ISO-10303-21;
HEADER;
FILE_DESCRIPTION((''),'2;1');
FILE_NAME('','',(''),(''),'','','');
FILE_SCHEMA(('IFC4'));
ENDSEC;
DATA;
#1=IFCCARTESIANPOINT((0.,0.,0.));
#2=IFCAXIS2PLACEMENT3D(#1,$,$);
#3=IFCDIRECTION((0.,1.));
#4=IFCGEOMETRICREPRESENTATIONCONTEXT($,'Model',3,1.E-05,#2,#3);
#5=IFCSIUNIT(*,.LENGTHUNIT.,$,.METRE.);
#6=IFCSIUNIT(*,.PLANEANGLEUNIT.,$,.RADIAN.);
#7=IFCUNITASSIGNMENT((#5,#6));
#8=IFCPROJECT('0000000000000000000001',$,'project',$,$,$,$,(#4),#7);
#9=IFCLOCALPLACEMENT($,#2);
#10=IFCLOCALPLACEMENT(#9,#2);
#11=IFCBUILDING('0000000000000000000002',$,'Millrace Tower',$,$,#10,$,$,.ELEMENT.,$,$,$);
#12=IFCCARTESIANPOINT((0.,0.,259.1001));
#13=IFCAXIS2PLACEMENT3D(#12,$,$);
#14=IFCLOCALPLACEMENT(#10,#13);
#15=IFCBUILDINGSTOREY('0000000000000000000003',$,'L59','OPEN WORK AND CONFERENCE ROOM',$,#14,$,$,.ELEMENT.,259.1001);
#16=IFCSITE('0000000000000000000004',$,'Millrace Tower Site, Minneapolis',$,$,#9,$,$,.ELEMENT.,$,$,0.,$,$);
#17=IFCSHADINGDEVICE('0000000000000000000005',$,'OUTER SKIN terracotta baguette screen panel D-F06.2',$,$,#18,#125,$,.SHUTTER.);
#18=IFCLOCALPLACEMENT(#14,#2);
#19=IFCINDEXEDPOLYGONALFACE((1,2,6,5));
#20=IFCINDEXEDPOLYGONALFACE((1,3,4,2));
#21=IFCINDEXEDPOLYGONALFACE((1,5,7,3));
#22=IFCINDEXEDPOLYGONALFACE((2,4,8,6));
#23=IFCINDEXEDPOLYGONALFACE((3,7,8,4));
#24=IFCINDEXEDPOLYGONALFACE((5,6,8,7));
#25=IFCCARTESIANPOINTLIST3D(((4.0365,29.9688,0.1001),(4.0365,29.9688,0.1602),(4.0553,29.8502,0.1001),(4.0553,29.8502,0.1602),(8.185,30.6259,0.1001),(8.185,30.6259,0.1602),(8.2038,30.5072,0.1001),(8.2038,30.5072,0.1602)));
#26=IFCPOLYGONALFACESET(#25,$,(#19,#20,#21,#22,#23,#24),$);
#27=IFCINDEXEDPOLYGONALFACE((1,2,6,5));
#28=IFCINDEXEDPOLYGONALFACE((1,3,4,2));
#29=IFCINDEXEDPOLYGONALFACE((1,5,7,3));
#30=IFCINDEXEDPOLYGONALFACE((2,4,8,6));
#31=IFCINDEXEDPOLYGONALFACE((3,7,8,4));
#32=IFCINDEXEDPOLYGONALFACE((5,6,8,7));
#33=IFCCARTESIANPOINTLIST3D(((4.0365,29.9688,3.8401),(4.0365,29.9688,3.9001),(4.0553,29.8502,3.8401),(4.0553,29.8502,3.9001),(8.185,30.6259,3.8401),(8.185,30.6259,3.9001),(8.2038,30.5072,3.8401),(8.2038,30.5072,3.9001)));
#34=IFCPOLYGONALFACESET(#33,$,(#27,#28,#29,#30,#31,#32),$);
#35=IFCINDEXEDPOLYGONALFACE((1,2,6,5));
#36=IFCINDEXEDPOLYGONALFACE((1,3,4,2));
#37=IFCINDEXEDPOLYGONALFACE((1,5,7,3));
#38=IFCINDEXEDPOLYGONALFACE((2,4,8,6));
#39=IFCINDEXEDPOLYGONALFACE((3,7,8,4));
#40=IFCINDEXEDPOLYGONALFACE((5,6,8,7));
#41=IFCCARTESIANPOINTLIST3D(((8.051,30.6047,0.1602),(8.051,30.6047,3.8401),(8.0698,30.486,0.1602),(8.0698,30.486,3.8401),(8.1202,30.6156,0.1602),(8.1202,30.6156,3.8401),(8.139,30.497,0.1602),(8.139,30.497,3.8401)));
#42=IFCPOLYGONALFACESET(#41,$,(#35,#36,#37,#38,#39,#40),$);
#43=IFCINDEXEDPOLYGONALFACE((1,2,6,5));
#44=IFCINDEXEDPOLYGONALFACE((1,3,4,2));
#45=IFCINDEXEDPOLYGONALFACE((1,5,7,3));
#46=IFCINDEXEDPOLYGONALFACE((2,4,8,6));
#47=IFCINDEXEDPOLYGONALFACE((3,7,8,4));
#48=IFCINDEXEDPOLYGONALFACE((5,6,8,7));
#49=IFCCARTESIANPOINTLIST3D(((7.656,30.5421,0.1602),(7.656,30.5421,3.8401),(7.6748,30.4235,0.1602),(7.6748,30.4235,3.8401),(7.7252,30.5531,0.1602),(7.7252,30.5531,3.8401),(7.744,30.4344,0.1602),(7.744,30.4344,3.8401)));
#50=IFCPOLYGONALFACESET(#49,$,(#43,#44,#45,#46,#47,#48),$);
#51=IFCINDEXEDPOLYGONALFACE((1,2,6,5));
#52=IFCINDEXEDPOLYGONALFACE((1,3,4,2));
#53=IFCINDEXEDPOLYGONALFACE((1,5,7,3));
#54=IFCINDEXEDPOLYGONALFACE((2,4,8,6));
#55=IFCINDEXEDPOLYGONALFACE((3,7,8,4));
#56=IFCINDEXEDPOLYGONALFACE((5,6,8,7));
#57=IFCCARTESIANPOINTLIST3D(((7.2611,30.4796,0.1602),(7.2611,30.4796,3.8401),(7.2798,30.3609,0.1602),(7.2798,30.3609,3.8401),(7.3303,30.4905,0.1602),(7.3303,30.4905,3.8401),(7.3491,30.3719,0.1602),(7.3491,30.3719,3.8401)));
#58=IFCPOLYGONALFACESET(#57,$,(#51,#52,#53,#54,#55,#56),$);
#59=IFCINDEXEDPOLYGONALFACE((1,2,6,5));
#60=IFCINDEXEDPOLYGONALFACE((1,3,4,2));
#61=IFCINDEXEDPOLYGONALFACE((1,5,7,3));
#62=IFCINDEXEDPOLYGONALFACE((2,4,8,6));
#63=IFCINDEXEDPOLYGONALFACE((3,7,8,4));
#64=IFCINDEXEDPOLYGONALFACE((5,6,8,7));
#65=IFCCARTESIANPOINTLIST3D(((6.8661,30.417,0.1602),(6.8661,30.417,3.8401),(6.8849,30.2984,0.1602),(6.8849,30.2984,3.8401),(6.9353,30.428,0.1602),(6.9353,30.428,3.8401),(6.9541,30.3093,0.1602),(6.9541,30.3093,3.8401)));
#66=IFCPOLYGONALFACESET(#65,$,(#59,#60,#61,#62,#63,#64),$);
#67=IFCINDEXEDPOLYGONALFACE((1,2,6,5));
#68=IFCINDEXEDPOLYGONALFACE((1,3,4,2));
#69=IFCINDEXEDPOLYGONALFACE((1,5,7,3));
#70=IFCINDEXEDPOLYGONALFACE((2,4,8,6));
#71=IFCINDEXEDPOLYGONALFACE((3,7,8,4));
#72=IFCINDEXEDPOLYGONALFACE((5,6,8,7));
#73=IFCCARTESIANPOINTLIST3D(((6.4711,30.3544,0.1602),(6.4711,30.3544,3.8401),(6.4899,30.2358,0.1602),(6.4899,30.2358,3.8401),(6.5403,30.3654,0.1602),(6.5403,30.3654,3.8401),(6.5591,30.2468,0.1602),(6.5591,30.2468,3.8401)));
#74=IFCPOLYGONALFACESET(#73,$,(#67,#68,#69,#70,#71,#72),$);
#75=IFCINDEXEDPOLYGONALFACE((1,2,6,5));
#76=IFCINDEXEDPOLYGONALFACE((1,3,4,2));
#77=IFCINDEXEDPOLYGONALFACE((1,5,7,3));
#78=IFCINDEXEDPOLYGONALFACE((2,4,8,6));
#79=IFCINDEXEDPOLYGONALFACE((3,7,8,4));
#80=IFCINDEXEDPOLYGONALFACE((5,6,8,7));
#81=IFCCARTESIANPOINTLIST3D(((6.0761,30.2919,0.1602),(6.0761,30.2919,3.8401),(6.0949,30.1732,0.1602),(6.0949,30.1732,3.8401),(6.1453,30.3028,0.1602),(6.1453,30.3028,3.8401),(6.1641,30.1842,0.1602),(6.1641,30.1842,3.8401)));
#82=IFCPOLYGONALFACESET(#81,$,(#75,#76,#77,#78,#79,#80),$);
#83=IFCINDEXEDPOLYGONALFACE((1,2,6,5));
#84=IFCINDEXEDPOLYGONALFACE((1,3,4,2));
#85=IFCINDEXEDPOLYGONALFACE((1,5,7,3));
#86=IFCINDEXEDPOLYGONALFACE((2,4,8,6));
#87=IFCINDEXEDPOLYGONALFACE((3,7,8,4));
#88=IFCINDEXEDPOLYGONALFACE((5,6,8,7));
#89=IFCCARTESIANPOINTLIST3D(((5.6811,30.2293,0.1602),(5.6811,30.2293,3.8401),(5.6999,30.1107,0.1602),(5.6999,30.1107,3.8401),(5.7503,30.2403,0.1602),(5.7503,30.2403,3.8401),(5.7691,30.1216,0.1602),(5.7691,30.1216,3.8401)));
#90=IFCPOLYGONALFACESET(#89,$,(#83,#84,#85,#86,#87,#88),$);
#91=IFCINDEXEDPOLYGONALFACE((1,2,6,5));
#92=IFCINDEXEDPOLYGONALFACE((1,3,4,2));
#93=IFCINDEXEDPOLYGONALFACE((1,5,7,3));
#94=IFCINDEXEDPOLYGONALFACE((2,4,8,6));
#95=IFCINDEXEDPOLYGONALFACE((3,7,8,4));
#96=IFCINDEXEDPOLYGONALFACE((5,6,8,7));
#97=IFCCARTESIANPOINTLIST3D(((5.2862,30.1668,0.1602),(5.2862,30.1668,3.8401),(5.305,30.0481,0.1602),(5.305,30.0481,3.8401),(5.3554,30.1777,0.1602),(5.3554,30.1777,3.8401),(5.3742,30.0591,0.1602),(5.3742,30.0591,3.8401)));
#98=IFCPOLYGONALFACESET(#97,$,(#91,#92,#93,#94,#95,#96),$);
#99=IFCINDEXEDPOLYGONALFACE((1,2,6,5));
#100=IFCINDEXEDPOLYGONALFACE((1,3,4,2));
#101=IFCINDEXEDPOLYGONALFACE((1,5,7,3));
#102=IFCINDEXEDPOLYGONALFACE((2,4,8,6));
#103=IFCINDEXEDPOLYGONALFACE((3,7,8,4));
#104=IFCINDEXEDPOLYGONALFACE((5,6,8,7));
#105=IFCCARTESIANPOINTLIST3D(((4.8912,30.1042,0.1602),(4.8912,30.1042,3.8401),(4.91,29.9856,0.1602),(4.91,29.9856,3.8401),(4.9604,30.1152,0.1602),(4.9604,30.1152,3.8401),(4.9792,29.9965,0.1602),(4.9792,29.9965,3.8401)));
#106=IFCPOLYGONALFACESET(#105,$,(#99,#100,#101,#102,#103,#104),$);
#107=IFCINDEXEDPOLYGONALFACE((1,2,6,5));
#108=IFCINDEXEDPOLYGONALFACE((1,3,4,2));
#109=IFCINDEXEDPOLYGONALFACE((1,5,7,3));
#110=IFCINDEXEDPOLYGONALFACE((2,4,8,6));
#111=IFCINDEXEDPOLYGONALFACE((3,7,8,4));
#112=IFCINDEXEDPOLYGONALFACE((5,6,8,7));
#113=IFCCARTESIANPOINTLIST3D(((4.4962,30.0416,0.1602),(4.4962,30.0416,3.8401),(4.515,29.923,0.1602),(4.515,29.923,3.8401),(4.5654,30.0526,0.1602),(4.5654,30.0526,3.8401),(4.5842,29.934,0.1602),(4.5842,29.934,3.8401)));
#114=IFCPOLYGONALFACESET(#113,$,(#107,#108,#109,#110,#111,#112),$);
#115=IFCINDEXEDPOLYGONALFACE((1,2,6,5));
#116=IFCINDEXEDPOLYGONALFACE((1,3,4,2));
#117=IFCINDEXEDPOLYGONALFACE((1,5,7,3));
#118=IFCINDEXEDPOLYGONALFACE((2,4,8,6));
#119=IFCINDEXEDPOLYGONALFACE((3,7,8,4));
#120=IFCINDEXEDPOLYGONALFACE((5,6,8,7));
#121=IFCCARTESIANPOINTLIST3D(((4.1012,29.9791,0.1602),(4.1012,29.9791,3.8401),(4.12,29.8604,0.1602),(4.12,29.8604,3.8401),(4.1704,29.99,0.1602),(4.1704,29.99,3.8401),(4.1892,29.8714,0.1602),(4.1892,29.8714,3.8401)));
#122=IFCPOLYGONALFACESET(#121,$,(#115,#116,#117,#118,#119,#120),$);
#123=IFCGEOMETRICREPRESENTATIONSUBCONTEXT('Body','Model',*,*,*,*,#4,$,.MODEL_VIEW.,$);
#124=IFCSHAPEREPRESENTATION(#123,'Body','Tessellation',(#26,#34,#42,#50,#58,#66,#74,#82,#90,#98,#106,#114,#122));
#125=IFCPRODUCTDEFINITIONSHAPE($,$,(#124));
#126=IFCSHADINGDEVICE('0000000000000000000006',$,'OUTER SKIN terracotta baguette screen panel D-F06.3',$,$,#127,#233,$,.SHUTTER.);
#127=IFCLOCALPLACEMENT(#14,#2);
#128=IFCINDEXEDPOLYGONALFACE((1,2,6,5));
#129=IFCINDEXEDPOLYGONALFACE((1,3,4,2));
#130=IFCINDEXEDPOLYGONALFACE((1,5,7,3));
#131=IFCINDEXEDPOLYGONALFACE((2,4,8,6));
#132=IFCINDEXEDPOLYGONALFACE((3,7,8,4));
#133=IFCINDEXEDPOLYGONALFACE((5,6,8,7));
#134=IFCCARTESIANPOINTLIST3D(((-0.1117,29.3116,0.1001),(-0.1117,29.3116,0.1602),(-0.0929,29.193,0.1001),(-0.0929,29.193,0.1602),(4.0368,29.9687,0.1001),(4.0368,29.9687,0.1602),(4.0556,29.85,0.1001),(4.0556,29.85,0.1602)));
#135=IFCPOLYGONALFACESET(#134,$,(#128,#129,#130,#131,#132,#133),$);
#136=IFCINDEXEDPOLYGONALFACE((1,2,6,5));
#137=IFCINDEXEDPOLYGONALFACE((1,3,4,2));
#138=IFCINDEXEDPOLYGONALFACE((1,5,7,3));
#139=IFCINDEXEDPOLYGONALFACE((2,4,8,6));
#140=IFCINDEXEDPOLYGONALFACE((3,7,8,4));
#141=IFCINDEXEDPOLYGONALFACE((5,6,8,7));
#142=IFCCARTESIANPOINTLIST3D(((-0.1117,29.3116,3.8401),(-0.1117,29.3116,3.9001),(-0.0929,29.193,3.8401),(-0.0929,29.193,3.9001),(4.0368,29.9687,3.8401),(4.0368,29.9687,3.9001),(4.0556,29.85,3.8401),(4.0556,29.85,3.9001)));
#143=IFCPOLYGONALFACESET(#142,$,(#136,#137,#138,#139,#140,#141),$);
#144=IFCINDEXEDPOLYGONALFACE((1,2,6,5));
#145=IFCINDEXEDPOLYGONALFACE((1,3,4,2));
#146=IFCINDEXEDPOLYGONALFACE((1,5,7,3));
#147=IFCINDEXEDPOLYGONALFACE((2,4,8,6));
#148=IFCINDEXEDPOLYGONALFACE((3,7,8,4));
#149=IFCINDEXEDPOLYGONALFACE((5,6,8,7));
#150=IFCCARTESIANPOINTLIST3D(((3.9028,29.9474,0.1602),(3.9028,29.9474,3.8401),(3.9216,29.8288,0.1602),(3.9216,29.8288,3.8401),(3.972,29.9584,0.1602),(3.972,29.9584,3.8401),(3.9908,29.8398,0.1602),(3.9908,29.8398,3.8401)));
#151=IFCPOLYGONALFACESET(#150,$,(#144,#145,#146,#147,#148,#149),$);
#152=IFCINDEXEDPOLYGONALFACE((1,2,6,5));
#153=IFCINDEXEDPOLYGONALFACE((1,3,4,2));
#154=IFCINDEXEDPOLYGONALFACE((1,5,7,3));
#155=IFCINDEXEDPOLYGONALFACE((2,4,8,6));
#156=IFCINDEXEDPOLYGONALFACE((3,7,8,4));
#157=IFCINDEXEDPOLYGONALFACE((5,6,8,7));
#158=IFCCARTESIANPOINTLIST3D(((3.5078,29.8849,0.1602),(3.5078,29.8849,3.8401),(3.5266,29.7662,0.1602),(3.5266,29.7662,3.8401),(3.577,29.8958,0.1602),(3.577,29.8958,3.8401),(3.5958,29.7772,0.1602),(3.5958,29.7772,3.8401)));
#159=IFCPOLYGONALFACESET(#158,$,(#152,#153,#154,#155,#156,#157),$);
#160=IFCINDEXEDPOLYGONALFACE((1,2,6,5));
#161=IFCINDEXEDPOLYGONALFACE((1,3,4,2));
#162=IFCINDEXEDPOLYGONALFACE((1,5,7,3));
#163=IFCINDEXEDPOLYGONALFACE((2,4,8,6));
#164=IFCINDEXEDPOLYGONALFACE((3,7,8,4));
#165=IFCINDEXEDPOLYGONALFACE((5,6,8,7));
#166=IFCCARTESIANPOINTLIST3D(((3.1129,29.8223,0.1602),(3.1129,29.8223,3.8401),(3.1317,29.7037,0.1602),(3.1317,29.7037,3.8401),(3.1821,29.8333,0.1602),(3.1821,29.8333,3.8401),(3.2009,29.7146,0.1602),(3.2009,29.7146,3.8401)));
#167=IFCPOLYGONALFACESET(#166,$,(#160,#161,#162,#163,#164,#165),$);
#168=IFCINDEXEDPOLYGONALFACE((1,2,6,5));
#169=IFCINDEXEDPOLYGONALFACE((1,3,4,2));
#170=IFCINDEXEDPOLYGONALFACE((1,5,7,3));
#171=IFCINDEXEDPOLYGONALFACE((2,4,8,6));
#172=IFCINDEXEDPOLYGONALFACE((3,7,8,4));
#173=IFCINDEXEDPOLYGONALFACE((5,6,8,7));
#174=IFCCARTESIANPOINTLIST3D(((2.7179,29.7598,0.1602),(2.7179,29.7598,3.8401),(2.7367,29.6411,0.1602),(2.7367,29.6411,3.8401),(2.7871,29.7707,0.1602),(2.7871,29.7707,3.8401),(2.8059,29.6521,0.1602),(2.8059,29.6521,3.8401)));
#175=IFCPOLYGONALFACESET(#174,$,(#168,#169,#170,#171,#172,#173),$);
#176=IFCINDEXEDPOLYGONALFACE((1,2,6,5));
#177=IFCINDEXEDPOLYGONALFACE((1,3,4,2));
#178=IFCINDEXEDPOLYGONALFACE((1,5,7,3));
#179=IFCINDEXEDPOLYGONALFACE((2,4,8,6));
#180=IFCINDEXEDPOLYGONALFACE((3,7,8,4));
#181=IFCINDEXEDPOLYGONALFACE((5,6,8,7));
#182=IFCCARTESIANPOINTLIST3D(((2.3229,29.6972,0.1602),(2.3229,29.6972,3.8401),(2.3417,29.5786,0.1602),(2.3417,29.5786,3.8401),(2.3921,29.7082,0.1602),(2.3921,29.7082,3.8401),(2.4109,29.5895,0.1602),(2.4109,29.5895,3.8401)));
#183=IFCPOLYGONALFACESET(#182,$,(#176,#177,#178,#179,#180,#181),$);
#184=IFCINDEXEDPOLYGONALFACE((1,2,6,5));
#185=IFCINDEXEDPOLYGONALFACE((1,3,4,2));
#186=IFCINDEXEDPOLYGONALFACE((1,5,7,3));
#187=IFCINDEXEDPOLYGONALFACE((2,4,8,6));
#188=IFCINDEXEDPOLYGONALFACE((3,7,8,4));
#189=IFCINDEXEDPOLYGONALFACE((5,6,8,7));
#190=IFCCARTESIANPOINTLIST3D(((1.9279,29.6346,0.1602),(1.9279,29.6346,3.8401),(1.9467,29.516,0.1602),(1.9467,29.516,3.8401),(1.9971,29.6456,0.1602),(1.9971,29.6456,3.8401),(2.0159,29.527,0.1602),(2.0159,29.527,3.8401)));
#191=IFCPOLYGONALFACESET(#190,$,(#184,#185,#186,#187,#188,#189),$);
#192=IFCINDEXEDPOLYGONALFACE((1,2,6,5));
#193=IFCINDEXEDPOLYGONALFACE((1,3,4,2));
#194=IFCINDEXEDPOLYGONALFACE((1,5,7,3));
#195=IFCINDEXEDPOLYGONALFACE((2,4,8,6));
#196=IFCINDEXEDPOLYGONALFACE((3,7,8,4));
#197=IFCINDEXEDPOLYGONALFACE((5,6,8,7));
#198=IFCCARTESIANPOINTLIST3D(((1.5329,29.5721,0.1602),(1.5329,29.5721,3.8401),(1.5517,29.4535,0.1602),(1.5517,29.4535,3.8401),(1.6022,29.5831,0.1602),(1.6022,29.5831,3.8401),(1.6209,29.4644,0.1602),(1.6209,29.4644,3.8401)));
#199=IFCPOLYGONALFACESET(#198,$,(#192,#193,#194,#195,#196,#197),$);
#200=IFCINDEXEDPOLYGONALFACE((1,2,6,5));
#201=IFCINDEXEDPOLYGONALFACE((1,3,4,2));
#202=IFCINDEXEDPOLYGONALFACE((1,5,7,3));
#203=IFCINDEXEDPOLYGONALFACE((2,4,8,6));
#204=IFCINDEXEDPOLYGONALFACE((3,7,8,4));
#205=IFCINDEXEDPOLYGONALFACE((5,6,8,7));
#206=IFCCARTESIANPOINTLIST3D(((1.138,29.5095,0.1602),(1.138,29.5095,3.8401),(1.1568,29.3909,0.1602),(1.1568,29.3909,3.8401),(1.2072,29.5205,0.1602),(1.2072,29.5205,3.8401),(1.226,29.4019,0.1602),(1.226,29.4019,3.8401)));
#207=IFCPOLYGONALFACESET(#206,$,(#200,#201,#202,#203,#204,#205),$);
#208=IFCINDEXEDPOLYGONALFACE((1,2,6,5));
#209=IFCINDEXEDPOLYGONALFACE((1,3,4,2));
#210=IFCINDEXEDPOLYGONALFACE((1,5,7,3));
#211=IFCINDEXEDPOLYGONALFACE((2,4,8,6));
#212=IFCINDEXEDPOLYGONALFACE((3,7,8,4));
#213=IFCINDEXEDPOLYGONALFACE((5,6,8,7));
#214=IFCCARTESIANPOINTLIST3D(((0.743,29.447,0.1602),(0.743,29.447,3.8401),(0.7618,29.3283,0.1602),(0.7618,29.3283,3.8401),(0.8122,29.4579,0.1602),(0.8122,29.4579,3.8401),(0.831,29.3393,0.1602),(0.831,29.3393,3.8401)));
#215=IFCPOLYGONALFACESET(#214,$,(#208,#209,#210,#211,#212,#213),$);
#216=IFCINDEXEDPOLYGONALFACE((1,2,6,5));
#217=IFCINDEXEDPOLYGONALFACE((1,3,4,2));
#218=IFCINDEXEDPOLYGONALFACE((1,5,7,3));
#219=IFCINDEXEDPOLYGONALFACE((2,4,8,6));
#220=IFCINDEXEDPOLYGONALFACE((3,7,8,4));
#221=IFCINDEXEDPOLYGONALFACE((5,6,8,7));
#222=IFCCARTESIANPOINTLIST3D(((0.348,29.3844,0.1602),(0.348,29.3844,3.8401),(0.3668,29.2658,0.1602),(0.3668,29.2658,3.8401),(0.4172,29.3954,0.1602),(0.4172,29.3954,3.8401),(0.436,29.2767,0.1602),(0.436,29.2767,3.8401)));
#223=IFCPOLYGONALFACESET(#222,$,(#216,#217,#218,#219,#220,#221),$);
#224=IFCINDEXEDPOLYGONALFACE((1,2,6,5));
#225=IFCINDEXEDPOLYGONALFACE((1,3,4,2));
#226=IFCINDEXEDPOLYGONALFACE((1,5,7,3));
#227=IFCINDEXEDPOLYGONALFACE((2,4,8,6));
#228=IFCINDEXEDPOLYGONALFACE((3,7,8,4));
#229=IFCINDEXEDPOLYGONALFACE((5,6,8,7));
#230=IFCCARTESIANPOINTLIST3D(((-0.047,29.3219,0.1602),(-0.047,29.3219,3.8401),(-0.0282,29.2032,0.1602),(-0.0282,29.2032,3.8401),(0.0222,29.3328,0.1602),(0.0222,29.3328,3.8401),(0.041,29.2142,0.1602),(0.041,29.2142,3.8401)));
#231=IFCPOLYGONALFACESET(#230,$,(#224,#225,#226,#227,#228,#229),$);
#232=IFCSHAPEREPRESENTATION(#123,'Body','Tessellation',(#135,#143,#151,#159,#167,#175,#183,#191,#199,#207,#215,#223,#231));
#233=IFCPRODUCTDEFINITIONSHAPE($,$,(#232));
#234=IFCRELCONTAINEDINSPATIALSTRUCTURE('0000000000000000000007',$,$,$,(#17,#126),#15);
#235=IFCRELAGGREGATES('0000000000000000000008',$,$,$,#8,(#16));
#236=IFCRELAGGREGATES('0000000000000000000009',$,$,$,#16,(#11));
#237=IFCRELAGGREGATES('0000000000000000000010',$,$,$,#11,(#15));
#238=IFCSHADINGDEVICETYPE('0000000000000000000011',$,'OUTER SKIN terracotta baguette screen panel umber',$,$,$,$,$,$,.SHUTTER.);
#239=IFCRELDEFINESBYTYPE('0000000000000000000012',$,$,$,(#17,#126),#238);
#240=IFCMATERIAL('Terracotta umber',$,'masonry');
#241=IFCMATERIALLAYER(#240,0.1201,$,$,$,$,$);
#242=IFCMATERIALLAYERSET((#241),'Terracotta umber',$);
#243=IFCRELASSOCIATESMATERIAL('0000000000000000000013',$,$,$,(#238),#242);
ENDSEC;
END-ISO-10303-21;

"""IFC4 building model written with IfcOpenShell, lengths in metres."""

from ifc_helpers import new_model, entity, si_unit, direction, frame, frame_2d, origin, origin_2d, place, context, subcontext, project, spatial, rectangle, extrude, source, transform, mapped, material, layer, layer_set, type_object, element, save


model = new_model("IFC4")

# Units and contexts
model_context = context("Model", 3, precision=1e-05, world=origin(), true_north=direction((0.0, 1.0)))
body_context = subcontext(model_context, "Body", "Model", "MODEL_VIEW")
ifc_project = project(units=[si_unit("LENGTHUNIT", "METRE"), si_unit("PLANEANGLEUNIT", "RADIAN")], contexts=[model_context])

# Site, building, storey
site_placement = place(None, origin())
site = spatial("IfcSite", under=ifc_project, at=site_placement, Name="Millrace Tower Site, Minneapolis", CompositionType="ELEMENT", RefElevation=0.0)
building_placement = place(site_placement, origin())
building = spatial("IfcBuilding", under=site, at=building_placement, Name="Millrace Tower", CompositionType="ELEMENT")
storey_placement = place(building_placement, frame((0.0, 0.0, 259.1001)))
storey = spatial("IfcBuildingStorey", under=building, at=storey_placement, Name="L59", Description="OPEN WORK AND CONFERENCE ROOM", CompositionType="ELEMENT", Elevation=259.1001)

# Shading devices
ifc_material_1 = material(Name="Terracotta umber", Category="masonry")
ifc_layer_1 = layer(ifc_material_1, 0.1201)
ifc_layer_set_1 = layer_set([ifc_layer_1], Name="Terracotta umber")
shading_device_type = type_object("IfcShadingDeviceType", Name="OUTER SKIN terracotta baguette screen panel umber", PredefinedType="SHUTTER", material=ifc_layer_set_1)
cartesian_point_1 = entity("IfcCartesianPoint", [-2.1001, 0.0601])
shared_polyline_1 = entity("IfcPolyline", [cartesian_point_1, entity("IfcCartesianPoint", [2.1001, 0.0601]), entity("IfcCartesianPoint", [2.1001, -0.0601]), entity("IfcCartesianPoint", [-2.1001, -0.0601]), cartesian_point_1])
shared_shape_1 = source(origin(), body_context, "Body", "SweptSolid", [
    entity("IfcExtrudedAreaSolid", entity("IfcArbitraryClosedProfileDef", "AREA", None, shared_polyline_1), entity("IfcAxis2Placement3D", entity("IfcCartesianPoint", [0.0, 0.0, 0.0])), entity("IfcDirection", [0.0, 0.0, 1.0]), 0.0601),
    entity("IfcExtrudedAreaSolid", entity("IfcArbitraryClosedProfileDef", "AREA", None, shared_polyline_1), entity("IfcAxis2Placement3D", entity("IfcCartesianPoint", [0.0, 0.0, 3.74])), entity("IfcDirection", [0.0, 0.0, 1.0]), 0.0601),
    extrude(rectangle(XDim=0.0701, YDim=0.1201, at=frame_2d((-1.9995, 0.0))), frame((0.0, 0.0, 0.0601)), (0.0, 0.0, 1.0), 3.6799),
    extrude(rectangle(XDim=0.0701, YDim=0.1201, at=frame_2d((-1.5996, 0.0))), frame((0.0, 0.0, 0.0601)), (0.0, 0.0, 1.0), 3.6799),
    extrude(rectangle(XDim=0.0701, YDim=0.1201, at=frame_2d((-1.1997, 0.0))), frame((0.0, 0.0, 0.0601)), (0.0, 0.0, 1.0), 3.6799),
    extrude(rectangle(XDim=0.0701, YDim=0.1201, at=frame_2d((-0.7998, 0.0))), frame((0.0, 0.0, 0.0601)), (0.0, 0.0, 1.0), 3.6799),
    extrude(rectangle(XDim=0.0701, YDim=0.1201, at=frame_2d((-0.3999, 0.0))), frame((0.0, 0.0, 0.0601)), (0.0, 0.0, 1.0), 3.6799),
    extrude(rectangle(XDim=0.0701, YDim=0.1201, at=origin_2d()), frame((0.0, 0.0, 0.0601)), (0.0, 0.0, 1.0), 3.6799),
    extrude(rectangle(XDim=0.0701, YDim=0.1201, at=frame_2d((0.3999, 0.0))), frame((0.0, 0.0, 0.0601)), (0.0, 0.0, 1.0), 3.6799),
    extrude(rectangle(XDim=0.0701, YDim=0.1201, at=frame_2d((0.7998, 0.0))), frame((0.0, 0.0, 0.0601)), (0.0, 0.0, 1.0), 3.6799),
    extrude(rectangle(XDim=0.0701, YDim=0.1201, at=frame_2d((1.1997, 0.0))), frame((0.0, 0.0, 0.0601)), (0.0, 0.0, 1.0), 3.6799),
    extrude(rectangle(XDim=0.0701, YDim=0.1201, at=frame_2d((1.5996, 0.0))), frame((0.0, 0.0, 0.0601)), (0.0, 0.0, 1.0), 3.6799),
    extrude(rectangle(XDim=0.0701, YDim=0.1201, at=frame_2d((1.9995, 0.0))), frame((0.0, 0.0, 0.0601)), (0.0, 0.0, 1.0), 3.6799),
])
for number, where, z_axis, x_axis, name in (
    (1, (6.1201, 30.238, 0.1001), (0.0, 0.0, 1.0), (-0.987688, -0.156434, 0.0), "OUTER SKIN terracotta baguette screen panel D-F06.2"),
    (2, (1.9719, 29.5808, 0.1001), (0.0, 0.0, 1.0), (-0.987688, -0.156434, 0.0), "OUTER SKIN terracotta baguette screen panel D-F06.3"),
):
    element("IfcShadingDevice", number, at=place(storey_placement, frame(where, z_axis=z_axis, x_axis=x_axis)), inside=storey, type_object=shading_device_type, Name=name, PredefinedType="SHUTTER", context=body_context, shape_type="MappedRepresentation", body=[
        mapped(shared_shape_1, transform((0.0, 0.0, 0.0), scale=1.0)),
    ])

save(model, "model.ifc")
